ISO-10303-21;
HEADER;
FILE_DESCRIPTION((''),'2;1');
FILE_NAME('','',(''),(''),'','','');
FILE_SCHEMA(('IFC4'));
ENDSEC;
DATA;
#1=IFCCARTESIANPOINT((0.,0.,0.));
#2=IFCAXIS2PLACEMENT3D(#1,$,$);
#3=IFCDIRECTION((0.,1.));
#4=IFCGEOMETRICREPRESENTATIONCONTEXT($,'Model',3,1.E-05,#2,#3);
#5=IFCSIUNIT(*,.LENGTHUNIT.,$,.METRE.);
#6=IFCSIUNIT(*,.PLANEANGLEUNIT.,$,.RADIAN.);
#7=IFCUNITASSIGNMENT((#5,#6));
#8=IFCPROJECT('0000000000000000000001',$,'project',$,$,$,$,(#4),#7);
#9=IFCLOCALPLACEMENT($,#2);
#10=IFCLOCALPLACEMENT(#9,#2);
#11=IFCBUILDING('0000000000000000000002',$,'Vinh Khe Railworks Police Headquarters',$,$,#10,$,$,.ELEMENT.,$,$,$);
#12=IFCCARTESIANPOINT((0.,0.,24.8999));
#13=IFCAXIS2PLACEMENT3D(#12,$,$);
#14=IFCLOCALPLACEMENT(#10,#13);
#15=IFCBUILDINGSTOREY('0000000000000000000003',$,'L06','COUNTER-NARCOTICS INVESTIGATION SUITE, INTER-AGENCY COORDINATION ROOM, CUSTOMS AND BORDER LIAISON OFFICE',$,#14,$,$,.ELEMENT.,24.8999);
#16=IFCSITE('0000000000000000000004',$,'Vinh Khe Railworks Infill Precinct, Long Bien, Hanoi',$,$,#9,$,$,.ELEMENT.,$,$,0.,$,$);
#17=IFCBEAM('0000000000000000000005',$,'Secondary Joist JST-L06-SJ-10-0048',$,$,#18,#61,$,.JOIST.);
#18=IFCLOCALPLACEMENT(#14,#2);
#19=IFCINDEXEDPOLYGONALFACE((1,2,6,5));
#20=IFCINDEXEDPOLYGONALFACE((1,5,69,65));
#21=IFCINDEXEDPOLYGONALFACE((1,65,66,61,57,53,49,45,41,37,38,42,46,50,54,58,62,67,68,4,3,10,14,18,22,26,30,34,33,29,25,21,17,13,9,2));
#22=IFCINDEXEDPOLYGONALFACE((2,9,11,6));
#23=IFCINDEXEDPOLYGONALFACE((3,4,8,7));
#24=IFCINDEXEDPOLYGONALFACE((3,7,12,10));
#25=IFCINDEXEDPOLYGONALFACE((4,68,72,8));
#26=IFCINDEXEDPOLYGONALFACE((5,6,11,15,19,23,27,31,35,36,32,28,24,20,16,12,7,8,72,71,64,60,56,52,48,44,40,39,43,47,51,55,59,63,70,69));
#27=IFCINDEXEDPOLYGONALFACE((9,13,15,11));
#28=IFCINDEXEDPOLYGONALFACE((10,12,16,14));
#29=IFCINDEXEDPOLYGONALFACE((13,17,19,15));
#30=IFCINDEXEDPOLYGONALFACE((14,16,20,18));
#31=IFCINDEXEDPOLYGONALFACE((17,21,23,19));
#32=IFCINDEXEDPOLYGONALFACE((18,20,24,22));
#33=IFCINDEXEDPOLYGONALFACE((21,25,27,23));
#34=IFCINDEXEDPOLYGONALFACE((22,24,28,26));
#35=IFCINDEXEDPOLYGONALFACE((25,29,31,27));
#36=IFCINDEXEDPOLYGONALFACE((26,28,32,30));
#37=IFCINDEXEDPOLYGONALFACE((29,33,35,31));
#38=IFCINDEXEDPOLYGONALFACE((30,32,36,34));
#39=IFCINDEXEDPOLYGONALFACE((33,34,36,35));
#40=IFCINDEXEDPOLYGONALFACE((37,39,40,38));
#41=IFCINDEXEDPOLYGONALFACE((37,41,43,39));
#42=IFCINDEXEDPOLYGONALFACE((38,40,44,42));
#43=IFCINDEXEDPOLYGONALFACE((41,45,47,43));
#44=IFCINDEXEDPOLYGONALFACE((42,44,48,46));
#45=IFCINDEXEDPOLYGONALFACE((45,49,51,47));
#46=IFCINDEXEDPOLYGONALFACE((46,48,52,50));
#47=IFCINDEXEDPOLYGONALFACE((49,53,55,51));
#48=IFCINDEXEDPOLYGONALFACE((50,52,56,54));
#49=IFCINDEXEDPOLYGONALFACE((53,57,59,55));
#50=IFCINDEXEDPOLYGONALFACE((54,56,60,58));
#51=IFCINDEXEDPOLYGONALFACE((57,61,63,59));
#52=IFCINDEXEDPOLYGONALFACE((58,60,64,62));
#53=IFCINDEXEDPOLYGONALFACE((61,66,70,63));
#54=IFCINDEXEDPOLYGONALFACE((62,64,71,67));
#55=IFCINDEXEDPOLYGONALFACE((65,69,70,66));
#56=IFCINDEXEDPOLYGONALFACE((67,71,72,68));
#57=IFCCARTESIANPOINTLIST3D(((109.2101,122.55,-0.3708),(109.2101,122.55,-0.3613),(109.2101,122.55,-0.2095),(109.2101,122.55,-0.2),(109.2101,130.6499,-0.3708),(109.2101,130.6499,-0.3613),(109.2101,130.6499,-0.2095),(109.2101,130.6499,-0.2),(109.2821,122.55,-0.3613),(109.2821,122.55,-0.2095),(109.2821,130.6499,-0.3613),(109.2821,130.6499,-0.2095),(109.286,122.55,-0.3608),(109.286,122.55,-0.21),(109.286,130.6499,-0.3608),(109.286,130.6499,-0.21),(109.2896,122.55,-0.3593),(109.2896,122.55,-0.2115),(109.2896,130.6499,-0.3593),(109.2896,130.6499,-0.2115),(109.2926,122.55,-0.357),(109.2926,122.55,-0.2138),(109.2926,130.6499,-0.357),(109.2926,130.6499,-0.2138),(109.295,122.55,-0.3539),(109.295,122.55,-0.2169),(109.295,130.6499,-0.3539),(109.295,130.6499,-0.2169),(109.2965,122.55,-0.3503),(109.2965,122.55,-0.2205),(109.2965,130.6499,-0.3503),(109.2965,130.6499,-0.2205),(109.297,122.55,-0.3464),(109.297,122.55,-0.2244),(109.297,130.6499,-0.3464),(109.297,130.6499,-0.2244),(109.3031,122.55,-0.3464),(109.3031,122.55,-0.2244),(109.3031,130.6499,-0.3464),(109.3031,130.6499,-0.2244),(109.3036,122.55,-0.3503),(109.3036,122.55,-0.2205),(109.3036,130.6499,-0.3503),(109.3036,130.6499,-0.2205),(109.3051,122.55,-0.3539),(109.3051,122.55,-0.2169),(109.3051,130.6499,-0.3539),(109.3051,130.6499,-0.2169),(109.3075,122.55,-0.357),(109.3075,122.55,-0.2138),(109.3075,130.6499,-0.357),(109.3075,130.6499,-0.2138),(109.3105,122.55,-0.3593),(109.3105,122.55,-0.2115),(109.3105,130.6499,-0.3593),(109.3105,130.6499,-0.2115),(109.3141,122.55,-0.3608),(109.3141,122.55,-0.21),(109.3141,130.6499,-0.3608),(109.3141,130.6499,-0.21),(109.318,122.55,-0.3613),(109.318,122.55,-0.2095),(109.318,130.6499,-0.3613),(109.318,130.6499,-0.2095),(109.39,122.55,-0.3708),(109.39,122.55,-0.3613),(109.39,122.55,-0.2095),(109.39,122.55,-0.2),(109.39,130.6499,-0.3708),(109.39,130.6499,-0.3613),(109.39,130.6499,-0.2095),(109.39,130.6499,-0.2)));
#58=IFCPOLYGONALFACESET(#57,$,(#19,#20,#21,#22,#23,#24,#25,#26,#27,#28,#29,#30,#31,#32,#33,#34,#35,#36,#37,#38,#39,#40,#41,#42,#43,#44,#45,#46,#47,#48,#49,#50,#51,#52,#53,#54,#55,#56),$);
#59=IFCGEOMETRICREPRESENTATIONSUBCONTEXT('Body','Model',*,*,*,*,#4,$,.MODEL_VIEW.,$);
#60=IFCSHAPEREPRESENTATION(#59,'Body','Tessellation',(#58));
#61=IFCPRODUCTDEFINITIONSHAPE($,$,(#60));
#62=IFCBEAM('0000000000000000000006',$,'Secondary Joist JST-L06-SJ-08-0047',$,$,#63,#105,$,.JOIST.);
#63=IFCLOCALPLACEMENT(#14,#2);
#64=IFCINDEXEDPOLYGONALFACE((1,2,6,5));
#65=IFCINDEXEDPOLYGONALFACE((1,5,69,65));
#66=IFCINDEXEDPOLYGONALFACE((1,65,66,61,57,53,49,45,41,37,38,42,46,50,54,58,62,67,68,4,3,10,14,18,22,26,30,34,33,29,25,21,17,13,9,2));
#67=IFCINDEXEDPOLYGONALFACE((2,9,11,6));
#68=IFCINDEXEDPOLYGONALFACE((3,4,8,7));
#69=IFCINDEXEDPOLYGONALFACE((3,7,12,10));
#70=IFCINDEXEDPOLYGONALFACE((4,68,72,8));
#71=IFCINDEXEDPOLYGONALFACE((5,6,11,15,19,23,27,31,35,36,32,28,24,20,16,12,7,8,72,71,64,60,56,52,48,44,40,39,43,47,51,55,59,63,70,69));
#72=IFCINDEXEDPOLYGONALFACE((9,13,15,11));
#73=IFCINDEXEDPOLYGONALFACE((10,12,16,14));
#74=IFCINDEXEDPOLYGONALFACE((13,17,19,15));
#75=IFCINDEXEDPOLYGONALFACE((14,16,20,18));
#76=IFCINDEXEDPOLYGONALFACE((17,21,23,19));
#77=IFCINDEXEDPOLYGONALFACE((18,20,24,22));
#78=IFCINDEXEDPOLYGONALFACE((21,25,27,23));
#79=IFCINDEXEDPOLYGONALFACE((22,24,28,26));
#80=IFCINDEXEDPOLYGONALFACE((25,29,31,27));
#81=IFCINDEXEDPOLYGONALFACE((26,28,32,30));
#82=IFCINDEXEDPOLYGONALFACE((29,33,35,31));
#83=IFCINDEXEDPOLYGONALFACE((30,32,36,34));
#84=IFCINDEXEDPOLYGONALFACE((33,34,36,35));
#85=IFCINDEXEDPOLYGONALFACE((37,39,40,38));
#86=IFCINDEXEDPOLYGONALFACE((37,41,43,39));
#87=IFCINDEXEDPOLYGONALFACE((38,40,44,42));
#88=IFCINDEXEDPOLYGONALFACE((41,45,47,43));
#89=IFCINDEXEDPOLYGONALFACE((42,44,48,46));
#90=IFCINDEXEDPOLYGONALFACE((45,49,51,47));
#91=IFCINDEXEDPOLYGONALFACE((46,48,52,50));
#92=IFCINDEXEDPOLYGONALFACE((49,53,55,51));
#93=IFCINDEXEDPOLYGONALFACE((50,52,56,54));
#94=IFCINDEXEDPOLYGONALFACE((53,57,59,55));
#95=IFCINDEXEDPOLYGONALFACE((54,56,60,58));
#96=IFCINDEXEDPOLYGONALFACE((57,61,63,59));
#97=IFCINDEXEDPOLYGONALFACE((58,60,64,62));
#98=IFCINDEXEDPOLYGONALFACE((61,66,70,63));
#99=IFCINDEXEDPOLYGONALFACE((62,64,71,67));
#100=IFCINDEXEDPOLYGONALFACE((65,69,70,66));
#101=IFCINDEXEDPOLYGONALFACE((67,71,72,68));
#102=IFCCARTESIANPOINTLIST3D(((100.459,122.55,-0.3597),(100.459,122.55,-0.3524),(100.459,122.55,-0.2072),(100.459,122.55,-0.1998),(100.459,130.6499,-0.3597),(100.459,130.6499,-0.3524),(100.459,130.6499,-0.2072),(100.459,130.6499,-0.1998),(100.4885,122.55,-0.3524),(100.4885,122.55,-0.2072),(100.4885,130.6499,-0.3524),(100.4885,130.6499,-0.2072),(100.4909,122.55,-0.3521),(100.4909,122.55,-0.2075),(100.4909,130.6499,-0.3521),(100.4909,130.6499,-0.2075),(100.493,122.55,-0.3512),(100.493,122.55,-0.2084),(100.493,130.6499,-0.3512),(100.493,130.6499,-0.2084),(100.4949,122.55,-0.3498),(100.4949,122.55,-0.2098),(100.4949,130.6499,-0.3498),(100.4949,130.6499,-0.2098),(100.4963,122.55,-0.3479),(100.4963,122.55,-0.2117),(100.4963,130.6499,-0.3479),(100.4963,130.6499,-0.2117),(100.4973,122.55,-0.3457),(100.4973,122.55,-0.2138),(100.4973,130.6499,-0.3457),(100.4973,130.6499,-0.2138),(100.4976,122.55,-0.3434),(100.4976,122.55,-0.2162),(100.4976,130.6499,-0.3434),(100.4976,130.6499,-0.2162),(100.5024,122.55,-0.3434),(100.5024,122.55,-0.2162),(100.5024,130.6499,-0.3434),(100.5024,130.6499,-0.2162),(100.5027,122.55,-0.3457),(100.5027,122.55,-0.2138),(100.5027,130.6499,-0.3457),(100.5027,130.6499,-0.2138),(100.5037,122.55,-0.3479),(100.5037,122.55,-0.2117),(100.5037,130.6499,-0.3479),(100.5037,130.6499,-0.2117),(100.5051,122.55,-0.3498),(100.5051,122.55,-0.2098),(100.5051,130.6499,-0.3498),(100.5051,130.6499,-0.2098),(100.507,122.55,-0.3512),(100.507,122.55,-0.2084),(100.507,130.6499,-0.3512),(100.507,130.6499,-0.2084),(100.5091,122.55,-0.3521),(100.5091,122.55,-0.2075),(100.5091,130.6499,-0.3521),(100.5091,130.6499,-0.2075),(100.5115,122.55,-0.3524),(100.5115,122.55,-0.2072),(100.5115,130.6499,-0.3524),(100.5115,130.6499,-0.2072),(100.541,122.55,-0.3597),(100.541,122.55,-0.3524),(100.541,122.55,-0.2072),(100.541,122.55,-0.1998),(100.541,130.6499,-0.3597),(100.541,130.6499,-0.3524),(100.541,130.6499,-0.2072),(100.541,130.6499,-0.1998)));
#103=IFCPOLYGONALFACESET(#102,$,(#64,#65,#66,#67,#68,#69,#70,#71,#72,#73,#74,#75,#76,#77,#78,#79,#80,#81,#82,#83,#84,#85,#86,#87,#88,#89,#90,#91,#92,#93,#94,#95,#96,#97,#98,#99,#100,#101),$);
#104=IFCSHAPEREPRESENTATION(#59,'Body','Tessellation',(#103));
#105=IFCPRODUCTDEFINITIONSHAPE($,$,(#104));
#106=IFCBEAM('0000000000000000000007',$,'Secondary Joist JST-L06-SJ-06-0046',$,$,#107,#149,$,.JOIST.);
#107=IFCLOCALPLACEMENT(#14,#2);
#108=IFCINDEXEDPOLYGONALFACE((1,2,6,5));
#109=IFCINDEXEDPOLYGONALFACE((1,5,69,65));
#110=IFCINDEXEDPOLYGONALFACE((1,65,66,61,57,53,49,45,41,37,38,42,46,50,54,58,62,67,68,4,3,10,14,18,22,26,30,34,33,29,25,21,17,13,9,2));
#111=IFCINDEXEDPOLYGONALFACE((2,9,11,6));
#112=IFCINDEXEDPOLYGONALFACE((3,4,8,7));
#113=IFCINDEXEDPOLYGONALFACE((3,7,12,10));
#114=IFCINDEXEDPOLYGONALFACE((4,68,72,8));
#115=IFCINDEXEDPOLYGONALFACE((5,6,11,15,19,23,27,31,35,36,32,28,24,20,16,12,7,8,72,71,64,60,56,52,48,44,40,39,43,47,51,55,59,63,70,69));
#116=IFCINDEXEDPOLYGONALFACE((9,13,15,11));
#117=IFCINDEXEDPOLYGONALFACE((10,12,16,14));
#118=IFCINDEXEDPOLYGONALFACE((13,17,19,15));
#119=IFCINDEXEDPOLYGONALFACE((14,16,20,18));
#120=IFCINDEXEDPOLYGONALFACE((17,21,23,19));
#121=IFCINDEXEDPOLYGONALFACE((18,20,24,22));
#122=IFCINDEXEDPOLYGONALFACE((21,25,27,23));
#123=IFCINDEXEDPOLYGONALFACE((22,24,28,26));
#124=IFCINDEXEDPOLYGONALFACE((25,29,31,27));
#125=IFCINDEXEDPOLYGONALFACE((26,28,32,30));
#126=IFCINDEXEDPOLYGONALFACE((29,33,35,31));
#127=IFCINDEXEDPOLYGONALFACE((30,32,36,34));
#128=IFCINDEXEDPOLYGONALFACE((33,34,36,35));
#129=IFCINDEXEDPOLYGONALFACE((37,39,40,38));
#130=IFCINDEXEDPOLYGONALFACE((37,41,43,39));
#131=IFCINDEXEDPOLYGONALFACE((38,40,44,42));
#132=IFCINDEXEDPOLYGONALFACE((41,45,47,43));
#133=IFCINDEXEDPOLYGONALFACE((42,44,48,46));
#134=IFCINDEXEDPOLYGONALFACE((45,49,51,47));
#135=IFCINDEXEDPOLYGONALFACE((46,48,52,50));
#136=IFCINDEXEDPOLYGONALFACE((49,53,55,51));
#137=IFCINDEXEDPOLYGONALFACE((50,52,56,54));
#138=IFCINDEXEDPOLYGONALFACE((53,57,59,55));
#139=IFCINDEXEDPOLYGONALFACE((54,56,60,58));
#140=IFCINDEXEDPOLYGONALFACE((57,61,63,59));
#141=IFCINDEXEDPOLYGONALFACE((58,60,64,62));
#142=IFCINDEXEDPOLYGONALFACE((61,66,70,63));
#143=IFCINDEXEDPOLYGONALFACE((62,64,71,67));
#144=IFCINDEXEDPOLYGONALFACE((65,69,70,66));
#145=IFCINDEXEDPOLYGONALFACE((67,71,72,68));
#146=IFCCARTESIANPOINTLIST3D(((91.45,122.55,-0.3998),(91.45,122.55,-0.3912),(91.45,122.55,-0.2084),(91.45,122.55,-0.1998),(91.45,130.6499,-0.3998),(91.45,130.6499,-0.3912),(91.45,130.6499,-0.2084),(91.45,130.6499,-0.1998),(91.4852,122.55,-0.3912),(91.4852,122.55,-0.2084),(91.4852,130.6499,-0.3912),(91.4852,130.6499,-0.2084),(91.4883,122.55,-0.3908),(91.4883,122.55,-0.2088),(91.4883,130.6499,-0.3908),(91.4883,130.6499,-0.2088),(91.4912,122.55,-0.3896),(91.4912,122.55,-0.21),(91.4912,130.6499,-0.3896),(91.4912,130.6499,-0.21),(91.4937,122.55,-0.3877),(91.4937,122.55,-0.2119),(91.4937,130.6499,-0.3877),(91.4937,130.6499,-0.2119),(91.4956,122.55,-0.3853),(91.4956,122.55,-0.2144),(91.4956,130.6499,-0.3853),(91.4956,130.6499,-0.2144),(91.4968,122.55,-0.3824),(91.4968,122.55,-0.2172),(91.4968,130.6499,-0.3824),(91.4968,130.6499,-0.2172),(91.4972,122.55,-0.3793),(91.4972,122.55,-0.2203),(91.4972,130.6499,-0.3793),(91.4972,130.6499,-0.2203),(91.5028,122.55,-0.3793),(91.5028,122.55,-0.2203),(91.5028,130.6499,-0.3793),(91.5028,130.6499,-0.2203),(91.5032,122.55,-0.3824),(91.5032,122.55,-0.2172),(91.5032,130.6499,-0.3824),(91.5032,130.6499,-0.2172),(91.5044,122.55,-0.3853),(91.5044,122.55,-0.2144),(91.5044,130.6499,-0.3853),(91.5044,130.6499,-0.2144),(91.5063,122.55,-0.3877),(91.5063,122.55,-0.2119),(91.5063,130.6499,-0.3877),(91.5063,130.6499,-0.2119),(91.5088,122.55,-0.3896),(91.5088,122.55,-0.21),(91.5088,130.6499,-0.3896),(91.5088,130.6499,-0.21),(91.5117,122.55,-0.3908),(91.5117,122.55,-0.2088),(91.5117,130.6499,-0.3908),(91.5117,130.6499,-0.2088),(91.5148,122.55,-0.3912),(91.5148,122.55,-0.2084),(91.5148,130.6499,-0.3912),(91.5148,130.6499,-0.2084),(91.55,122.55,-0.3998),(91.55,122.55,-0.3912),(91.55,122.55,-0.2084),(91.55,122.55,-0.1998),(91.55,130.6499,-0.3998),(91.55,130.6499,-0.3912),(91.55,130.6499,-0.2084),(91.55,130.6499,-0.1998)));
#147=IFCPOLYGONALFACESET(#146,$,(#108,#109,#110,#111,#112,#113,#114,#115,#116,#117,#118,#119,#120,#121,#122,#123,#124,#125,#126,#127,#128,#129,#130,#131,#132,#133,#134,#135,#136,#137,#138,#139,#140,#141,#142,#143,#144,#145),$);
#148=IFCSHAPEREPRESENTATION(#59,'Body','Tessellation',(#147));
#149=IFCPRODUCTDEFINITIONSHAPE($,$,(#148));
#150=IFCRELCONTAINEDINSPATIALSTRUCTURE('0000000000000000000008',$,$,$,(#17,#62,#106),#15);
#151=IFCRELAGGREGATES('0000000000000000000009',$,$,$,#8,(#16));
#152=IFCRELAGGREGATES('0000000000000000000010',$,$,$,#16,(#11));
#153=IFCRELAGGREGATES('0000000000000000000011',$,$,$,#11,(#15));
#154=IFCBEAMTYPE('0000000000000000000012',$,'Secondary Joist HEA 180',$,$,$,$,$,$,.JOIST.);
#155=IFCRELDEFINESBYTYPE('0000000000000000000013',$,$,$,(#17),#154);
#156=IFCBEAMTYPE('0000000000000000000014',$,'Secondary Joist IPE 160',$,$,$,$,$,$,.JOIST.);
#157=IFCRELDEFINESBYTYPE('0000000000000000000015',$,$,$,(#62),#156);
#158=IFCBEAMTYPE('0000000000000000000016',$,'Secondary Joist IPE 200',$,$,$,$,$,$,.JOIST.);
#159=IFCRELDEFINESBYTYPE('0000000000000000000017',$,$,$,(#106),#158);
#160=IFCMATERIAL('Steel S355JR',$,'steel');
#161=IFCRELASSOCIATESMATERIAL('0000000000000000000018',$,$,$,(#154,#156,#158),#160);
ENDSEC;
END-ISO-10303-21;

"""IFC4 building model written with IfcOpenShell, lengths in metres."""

from ifc_helpers import new_model, si_unit, direction, frame, origin, origin_2d, place, context, subcontext, project, spatial, i_section, extrude, material, material_profile, profile_set, type_object, element, save


model = new_model("IFC4")

# Units and contexts
model_context = context("Model", 3, precision=1e-05, world=origin(), true_north=direction((0.0, 1.0)))
body_context = subcontext(model_context, "Body", "Model", "MODEL_VIEW")
ifc_project = project(units=[si_unit("LENGTHUNIT", "METRE"), si_unit("PLANEANGLEUNIT", "RADIAN")], contexts=[model_context])

# Site, building, storey
site_placement = place(None, origin())
site = spatial("IfcSite", under=ifc_project, at=site_placement, Name="Vinh Khe Railworks Infill Precinct, Long Bien, Hanoi", CompositionType="ELEMENT", RefElevation=0.0)
building_placement = place(site_placement, origin())
building = spatial("IfcBuilding", under=site, at=building_placement, Name="Vinh Khe Railworks Police Headquarters", CompositionType="ELEMENT")
storey_placement = place(building_placement, frame((0.0, 0.0, 24.8999)))
storey = spatial("IfcBuildingStorey", under=building, at=storey_placement, Name="L06", Description="COUNTER-NARCOTICS INVESTIGATION SUITE, INTER-AGENCY COORDINATION ROOM, CUSTOMS AND BORDER LIAISON OFFICE", CompositionType="ELEMENT", Elevation=24.8999)

# Beams
ifc_material_1 = material(Name="Steel S355JR", Category="steel")
ifc_material_profile_1 = material_profile(ifc_material_1, i_section(OverallWidth=0.1799, OverallDepth=0.1709, WebThickness=0.0061, FlangeThickness=0.0095, FilletRadius=0.0149, at=origin_2d()), Name="HEA 180")
ifc_profile_set_1 = profile_set([ifc_material_profile_1], Name="Steel S355JR")
beam_type_1 = type_object("IfcBeamType", Name="Secondary Joist HEA 180", PredefinedType="JOIST", material=ifc_profile_set_1)
beam_1_placement = place(storey_placement, frame((109.3, 122.55, -0.2854), z_axis=(0.0, 1.0, 0.0), x_axis=(-1.0, 0.0, 0.0)))
element("IfcBeam", 1, at=beam_1_placement, inside=storey, type_object=beam_type_1, Name="Secondary Joist JST-L06-SJ-10-0048", PredefinedType="JOIST", context=body_context, shape_type="SweptSolid", body=[
    extrude(i_section(OverallWidth=0.1799, OverallDepth=0.1709, WebThickness=0.0061, FlangeThickness=0.0095, FilletRadius=0.0149, at=origin_2d()), origin(), (0.0, 0.0, 1.0), 8.0999),
])
ifc_material_profile_2 = material_profile(ifc_material_1, i_section(OverallWidth=0.082, OverallDepth=0.1599, WebThickness=0.0049, FlangeThickness=0.0073, FilletRadius=0.009, at=origin_2d()), Name="IPE 160")
ifc_profile_set_2 = profile_set([ifc_material_profile_2], Name="Steel S355JR")
beam_type_2 = type_object("IfcBeamType", Name="Secondary Joist IPE 160", PredefinedType="JOIST", material=ifc_profile_set_2)
beam_2_placement = place(storey_placement, frame((100.5, 122.55, -0.2798), z_axis=(0.0, 1.0, 0.0), x_axis=(-1.0, 0.0, 0.0)))
element("IfcBeam", 2, at=beam_2_placement, inside=storey, type_object=beam_type_2, Name="Secondary Joist JST-L06-SJ-08-0047", PredefinedType="JOIST", context=body_context, shape_type="SweptSolid", body=[
    extrude(i_section(OverallWidth=0.082, OverallDepth=0.1599, WebThickness=0.0049, FlangeThickness=0.0073, FilletRadius=0.009, at=origin_2d()), origin(), (0.0, 0.0, 1.0), 8.0999),
])
ifc_material_profile_3 = material_profile(ifc_material_1, i_section(OverallWidth=0.1001, OverallDepth=0.2, WebThickness=0.0056, FlangeThickness=0.0085, FilletRadius=0.012, at=origin_2d()), Name="IPE 200")
ifc_profile_set_3 = profile_set([ifc_material_profile_3], Name="Steel S355JR")
beam_type_3 = type_object("IfcBeamType", Name="Secondary Joist IPE 200", PredefinedType="JOIST", material=ifc_profile_set_3)
beam_3_placement = place(storey_placement, frame((91.5, 122.55, -0.2998), z_axis=(0.0, 1.0, 0.0), x_axis=(-1.0, 0.0, 0.0)))
element("IfcBeam", 3, at=beam_3_placement, inside=storey, type_object=beam_type_3, Name="Secondary Joist JST-L06-SJ-06-0046", PredefinedType="JOIST", context=body_context, shape_type="SweptSolid", body=[
    extrude(i_section(OverallWidth=0.1001, OverallDepth=0.2, WebThickness=0.0056, FlangeThickness=0.0085, FilletRadius=0.012, at=origin_2d()), origin(), (0.0, 0.0, 1.0), 8.0999),
])

save(model, "model.ifc")
